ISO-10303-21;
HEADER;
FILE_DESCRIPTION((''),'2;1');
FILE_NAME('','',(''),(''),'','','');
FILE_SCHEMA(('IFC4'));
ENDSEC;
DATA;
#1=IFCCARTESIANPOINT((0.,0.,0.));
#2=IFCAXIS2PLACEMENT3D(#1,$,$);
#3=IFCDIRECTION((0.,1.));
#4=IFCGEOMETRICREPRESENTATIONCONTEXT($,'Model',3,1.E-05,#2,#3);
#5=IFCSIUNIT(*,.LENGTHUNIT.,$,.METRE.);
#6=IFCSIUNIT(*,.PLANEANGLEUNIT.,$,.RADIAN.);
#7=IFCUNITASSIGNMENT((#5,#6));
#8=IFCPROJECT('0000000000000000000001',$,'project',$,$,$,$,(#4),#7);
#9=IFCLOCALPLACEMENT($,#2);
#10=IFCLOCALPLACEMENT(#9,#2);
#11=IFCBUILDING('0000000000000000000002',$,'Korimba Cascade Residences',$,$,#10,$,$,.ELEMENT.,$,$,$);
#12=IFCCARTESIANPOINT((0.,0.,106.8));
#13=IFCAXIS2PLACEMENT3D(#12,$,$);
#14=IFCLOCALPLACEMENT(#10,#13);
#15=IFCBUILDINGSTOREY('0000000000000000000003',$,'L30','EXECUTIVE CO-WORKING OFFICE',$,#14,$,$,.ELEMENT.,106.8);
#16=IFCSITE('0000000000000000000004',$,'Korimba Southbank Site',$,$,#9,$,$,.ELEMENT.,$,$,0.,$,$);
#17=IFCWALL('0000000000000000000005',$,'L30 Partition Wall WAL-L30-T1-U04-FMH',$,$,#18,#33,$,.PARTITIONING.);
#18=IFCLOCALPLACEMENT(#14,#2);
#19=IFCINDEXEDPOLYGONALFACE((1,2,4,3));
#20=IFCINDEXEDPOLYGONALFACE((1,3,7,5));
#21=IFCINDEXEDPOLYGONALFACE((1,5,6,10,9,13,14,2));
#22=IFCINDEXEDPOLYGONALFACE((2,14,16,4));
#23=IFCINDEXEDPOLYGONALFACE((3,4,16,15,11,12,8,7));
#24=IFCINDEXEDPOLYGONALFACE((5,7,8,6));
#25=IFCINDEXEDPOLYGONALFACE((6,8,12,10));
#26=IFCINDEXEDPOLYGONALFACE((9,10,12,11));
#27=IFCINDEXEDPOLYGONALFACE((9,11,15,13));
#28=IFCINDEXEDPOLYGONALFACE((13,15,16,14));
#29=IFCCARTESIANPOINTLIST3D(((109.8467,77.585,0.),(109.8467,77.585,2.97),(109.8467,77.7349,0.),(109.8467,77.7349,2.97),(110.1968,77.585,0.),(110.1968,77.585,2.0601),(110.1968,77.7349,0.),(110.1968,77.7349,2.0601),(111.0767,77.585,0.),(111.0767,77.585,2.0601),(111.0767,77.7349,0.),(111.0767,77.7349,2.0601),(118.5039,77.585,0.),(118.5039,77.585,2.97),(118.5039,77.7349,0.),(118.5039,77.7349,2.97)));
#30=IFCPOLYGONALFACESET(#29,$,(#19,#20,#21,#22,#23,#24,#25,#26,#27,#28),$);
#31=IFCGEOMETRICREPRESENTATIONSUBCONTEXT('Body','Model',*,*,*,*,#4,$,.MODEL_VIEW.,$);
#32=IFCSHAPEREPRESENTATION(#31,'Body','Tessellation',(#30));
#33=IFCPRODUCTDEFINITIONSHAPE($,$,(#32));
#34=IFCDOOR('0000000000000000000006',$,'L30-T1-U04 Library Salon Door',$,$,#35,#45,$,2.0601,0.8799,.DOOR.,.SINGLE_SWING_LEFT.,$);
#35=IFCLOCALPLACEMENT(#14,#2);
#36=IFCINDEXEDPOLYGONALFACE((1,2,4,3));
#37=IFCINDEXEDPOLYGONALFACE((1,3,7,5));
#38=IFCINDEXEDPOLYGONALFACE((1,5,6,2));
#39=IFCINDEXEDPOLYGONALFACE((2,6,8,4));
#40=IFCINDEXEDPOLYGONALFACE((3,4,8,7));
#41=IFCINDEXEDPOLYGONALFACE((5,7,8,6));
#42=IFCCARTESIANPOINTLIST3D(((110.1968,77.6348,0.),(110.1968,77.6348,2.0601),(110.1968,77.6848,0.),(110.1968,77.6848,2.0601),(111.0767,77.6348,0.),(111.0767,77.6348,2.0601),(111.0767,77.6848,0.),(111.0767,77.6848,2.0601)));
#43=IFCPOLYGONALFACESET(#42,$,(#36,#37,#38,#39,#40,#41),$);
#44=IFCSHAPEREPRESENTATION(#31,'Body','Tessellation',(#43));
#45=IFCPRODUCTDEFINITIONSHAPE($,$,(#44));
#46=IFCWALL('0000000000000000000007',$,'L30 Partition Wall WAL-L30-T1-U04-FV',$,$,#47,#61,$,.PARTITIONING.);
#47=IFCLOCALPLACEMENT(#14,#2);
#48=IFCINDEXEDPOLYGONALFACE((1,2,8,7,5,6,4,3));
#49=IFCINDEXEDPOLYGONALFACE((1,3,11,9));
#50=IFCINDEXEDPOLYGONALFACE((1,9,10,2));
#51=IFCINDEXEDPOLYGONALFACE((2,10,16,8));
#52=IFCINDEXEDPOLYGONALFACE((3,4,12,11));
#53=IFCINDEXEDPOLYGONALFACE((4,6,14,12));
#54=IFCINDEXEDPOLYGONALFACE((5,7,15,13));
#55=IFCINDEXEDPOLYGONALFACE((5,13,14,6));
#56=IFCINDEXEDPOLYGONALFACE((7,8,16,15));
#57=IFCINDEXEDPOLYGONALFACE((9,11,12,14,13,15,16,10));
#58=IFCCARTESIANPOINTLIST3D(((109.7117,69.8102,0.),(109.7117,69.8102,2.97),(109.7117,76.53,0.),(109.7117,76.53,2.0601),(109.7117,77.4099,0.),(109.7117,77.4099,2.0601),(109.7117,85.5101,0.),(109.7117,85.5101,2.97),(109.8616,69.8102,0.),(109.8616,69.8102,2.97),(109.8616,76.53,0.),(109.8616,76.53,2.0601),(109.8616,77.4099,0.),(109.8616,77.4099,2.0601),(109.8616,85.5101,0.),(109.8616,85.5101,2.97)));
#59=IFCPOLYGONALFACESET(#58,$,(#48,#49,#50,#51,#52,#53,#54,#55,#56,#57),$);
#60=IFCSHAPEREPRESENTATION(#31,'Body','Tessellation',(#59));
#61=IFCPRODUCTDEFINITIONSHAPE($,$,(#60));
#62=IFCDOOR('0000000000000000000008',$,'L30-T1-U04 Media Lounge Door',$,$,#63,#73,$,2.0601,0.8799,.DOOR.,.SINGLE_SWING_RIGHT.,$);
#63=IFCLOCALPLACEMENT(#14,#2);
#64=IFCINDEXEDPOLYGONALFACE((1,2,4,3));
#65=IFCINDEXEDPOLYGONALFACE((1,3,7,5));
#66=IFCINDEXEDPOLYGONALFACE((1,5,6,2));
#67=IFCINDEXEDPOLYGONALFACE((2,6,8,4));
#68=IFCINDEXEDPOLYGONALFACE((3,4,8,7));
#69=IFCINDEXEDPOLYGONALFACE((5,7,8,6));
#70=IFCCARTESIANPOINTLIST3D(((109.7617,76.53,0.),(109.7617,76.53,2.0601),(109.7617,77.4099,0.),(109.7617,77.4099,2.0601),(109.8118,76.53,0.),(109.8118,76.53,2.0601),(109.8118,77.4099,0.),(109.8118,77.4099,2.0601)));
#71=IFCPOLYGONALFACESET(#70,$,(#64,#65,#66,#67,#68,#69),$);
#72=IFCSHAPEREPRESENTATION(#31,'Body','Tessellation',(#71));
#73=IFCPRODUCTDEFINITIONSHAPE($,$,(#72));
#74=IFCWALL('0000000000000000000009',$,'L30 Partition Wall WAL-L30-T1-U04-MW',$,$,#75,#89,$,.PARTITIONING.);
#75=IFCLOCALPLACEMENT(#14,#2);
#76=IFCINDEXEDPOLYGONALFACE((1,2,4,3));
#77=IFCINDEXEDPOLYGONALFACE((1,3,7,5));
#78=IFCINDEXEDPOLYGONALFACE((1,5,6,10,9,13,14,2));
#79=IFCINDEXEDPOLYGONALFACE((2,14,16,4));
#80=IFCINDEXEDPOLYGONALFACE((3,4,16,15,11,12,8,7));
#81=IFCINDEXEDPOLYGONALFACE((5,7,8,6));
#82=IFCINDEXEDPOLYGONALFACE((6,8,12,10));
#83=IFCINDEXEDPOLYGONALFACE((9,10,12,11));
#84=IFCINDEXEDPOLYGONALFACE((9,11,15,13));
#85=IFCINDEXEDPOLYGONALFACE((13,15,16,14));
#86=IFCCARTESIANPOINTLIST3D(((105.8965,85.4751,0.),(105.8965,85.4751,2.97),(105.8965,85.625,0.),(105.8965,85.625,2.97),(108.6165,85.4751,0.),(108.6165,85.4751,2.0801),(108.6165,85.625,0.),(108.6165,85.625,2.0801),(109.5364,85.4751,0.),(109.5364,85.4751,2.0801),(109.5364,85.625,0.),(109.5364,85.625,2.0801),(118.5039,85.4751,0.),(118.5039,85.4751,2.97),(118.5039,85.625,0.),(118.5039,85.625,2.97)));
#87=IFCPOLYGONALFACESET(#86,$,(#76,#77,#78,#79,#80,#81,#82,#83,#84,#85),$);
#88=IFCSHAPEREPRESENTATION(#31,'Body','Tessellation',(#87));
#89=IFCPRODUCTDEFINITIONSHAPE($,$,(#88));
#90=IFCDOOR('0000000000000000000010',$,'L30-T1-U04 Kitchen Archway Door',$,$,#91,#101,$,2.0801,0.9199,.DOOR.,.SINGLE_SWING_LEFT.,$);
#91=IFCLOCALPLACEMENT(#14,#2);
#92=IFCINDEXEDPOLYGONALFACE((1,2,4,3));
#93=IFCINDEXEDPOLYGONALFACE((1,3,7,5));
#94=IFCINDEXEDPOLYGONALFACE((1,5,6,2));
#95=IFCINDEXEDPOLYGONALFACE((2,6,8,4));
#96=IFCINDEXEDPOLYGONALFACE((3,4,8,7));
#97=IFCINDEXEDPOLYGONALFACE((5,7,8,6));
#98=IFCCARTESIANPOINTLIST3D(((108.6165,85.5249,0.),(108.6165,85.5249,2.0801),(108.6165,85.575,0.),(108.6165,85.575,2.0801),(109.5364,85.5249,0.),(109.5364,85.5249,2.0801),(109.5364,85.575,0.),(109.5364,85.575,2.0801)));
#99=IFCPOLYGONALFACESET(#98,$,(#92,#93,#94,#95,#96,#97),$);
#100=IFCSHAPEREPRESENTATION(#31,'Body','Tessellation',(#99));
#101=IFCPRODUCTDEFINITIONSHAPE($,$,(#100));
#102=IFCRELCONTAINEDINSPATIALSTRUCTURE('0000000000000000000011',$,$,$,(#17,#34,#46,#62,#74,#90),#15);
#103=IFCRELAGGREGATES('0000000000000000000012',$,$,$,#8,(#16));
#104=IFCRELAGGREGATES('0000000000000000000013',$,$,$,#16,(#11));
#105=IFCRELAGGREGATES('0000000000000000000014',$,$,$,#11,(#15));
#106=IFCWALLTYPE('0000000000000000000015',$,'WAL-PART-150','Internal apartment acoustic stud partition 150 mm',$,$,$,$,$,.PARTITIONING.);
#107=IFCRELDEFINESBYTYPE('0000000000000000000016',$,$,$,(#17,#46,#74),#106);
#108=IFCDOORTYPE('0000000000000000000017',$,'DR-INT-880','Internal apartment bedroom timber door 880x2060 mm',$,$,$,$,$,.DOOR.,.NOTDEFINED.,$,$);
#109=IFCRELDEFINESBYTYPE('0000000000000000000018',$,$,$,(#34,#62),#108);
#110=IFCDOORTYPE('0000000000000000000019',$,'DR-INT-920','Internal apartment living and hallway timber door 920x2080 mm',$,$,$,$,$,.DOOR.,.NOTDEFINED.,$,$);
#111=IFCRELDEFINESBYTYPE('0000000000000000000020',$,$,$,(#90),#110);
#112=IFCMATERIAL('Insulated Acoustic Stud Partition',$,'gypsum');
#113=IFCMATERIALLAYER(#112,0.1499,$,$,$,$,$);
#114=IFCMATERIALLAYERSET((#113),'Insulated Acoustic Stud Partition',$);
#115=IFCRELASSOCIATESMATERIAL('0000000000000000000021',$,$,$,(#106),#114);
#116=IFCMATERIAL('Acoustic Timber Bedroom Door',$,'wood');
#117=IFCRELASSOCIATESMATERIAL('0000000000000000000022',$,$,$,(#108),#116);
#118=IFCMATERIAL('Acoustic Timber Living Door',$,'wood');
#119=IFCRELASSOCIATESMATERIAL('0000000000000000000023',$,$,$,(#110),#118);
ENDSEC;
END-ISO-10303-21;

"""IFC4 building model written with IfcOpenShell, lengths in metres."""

from ifc_helpers import new_model, si_unit, direction, frame, frame_2d, origin, place, context, subcontext, project, spatial, rectangle, extrude, material, layer, layer_set, type_object, element, fill, save


model = new_model("IFC4")

# Units and contexts
model_context = context("Model", 3, precision=1e-05, world=origin(), true_north=direction((0.0, 1.0)))
body_context = subcontext(model_context, "Body", "Model", "MODEL_VIEW")
ifc_project = project(units=[si_unit("LENGTHUNIT", "METRE"), si_unit("PLANEANGLEUNIT", "RADIAN")], contexts=[model_context])

# Site, building, storey
site_placement = place(None, origin())
site = spatial("IfcSite", under=ifc_project, at=site_placement, Name="Korimba Southbank Site", CompositionType="ELEMENT", RefElevation=0.0)
building_placement = place(site_placement, origin())
building = spatial("IfcBuilding", under=site, at=building_placement, Name="Korimba Cascade Residences", CompositionType="ELEMENT")
storey_placement = place(building_placement, frame((0.0, 0.0, 106.8)))
storey = spatial("IfcBuildingStorey", under=building, at=storey_placement, Name="L30", Description="EXECUTIVE CO-WORKING OFFICE", CompositionType="ELEMENT", Elevation=106.8)

# Walls, openings, doors
ifc_material_1 = material(Name="Insulated Acoustic Stud Partition", Category="gypsum")
ifc_layer_1 = layer(ifc_material_1, 0.1499)
ifc_layer_set_1 = layer_set([ifc_layer_1], Name="Insulated Acoustic Stud Partition")
wall_type_1 = type_object("IfcWallType", Name="WAL-PART-150", Description="Internal apartment acoustic stud partition 150 mm", PredefinedType="PARTITIONING", material=ifc_layer_set_1)
ifc_material_2 = material(Name="Acoustic Timber Bedroom Door", Category="wood")
door_type_1 = type_object("IfcDoorType", Name="DR-INT-880", Description="Internal apartment bedroom timber door 880x2060 mm", OperationType="NOTDEFINED", PredefinedType="DOOR", material=ifc_material_2)
wall_1_placement = place(storey_placement, frame((109.8467, 77.6599, 0.0), z_axis=(0.0, 0.0, 1.0), x_axis=(1.0, 0.0, 0.0)))
wall_1 = element("IfcWall", 1, at=wall_1_placement, inside=storey, type_object=wall_type_1, Name="L30 Partition Wall WAL-L30-T1-U04-FMH", PredefinedType="PARTITIONING", context=body_context, shape_type="SweptSolid", body=[
    extrude(rectangle(XDim=8.6572, YDim=0.1499, at=frame_2d((4.3286, 0.0))), origin(), (0.0, 0.0, 1.0), 2.97),
])
opening_1_placement = place(wall_1_placement, frame((0.3501, 0.0, 0.0)))
opening_1 = element("IfcOpeningElement", 2, at=opening_1_placement, cuts=wall_1, PredefinedType="OPENING", context=body_context, shape_type="SweptSolid", body=[
    extrude(rectangle(XDim=0.8799, YDim=2.0601, at=frame_2d((0.4399, 1.03))), frame((0.0, 0.085, 0.0), z_axis=(0.0, -1.0, 0.0), x_axis=(1.0, 0.0, 0.0)), (0.0, 0.0, 1.0), 0.1699),
])
door_1_placement = place(opening_1_placement, origin())
door_1 = element("IfcDoor", 3, at=door_1_placement, inside=storey, type_object=door_type_1, Name="L30-T1-U04 Library Salon Door", OperationType="SINGLE_SWING_LEFT", OverallHeight=2.0601, OverallWidth=0.8799, PredefinedType="DOOR", context=body_context, shape_type="SweptSolid", body=[
    extrude(rectangle(XDim=0.8799, YDim=2.0601, at=frame_2d((0.4399, 1.03))), frame((0.0, 0.0249, 0.0), z_axis=(0.0, -1.0, 0.0), x_axis=(1.0, 0.0, 0.0)), (0.0, 0.0, 1.0), 0.05),
])
fill(opening_1, door_1)
wall_2_placement = place(storey_placement, frame((109.7866, 69.8101, 0.0), z_axis=(0.0, 0.0, 1.0), x_axis=(0.0, 1.0, 0.0)))
wall_2 = element("IfcWall", 4, at=wall_2_placement, inside=storey, type_object=wall_type_1, Name="L30 Partition Wall WAL-L30-T1-U04-FV", PredefinedType="PARTITIONING", context=body_context, shape_type="SweptSolid", body=[
    extrude(rectangle(XDim=15.7, YDim=0.1499, at=frame_2d((7.8501, 0.0))), origin(), (0.0, 0.0, 1.0), 2.97),
])
opening_2_placement = place(wall_2_placement, frame((6.72, 0.0, 0.0)))
opening_2 = element("IfcOpeningElement", 5, at=opening_2_placement, cuts=wall_2, PredefinedType="OPENING", context=body_context, shape_type="SweptSolid", body=[
    extrude(rectangle(XDim=0.8799, YDim=2.0601, at=frame_2d((0.4399, 1.03))), frame((0.0, 0.085, 0.0), z_axis=(0.0, -1.0, 0.0), x_axis=(1.0, 0.0, 0.0)), (0.0, 0.0, 1.0), 0.1699),
])
door_2_placement = place(opening_2_placement, origin())
door_2 = element("IfcDoor", 6, at=door_2_placement, inside=storey, type_object=door_type_1, Name="L30-T1-U04 Media Lounge Door", OperationType="SINGLE_SWING_RIGHT", OverallHeight=2.0601, OverallWidth=0.8799, PredefinedType="DOOR", context=body_context, shape_type="SweptSolid", body=[
    extrude(rectangle(XDim=0.8799, YDim=2.0601, at=frame_2d((0.4399, 1.03))), frame((0.0, 0.0249, 0.0), z_axis=(0.0, -1.0, 0.0), x_axis=(1.0, 0.0, 0.0)), (0.0, 0.0, 1.0), 0.05),
])
fill(opening_2, door_2)
wall_3_placement = place(storey_placement, frame((105.8965, 85.55, 0.0), z_axis=(0.0, 0.0, 1.0), x_axis=(1.0, 0.0, 0.0)))
wall_3 = element("IfcWall", 7, at=wall_3_placement, inside=storey, type_object=wall_type_1, Name="L30 Partition Wall WAL-L30-T1-U04-MW", PredefinedType="PARTITIONING", context=body_context, shape_type="SweptSolid", body=[
    extrude(rectangle(XDim=12.6074, YDim=0.1499, at=frame_2d((6.3037, 0.0))), origin(), (0.0, 0.0, 1.0), 2.97),
])
opening_3_placement = place(wall_3_placement, frame((2.72, 0.0, 0.0)))
opening_3 = element("IfcOpeningElement", 8, at=opening_3_placement, cuts=wall_3, PredefinedType="OPENING", context=body_context, shape_type="SweptSolid", body=[
    extrude(rectangle(XDim=0.9199, YDim=2.0801, at=frame_2d((0.46, 1.04))), frame((0.0, 0.085, 0.0), z_axis=(0.0, -1.0, 0.0), x_axis=(1.0, 0.0, 0.0)), (0.0, 0.0, 1.0), 0.1699),
])
ifc_material_3 = material(Name="Acoustic Timber Living Door", Category="wood")
door_type_2 = type_object("IfcDoorType", Name="DR-INT-920", Description="Internal apartment living and hallway timber door 920x2080 mm", OperationType="NOTDEFINED", PredefinedType="DOOR", material=ifc_material_3)
door_3_placement = place(opening_3_placement, origin())
door_3 = element("IfcDoor", 9, at=door_3_placement, inside=storey, type_object=door_type_2, Name="L30-T1-U04 Kitchen Archway Door", OperationType="SINGLE_SWING_LEFT", OverallHeight=2.0801, OverallWidth=0.9199, PredefinedType="DOOR", context=body_context, shape_type="SweptSolid", body=[
    extrude(rectangle(XDim=0.9199, YDim=2.0801, at=frame_2d((0.46, 1.04))), frame((0.0, 0.0249, 0.0), z_axis=(0.0, -1.0, 0.0), x_axis=(1.0, 0.0, 0.0)), (0.0, 0.0, 1.0), 0.05),
])
fill(opening_3, door_3)

save(model, "model.ifc")
